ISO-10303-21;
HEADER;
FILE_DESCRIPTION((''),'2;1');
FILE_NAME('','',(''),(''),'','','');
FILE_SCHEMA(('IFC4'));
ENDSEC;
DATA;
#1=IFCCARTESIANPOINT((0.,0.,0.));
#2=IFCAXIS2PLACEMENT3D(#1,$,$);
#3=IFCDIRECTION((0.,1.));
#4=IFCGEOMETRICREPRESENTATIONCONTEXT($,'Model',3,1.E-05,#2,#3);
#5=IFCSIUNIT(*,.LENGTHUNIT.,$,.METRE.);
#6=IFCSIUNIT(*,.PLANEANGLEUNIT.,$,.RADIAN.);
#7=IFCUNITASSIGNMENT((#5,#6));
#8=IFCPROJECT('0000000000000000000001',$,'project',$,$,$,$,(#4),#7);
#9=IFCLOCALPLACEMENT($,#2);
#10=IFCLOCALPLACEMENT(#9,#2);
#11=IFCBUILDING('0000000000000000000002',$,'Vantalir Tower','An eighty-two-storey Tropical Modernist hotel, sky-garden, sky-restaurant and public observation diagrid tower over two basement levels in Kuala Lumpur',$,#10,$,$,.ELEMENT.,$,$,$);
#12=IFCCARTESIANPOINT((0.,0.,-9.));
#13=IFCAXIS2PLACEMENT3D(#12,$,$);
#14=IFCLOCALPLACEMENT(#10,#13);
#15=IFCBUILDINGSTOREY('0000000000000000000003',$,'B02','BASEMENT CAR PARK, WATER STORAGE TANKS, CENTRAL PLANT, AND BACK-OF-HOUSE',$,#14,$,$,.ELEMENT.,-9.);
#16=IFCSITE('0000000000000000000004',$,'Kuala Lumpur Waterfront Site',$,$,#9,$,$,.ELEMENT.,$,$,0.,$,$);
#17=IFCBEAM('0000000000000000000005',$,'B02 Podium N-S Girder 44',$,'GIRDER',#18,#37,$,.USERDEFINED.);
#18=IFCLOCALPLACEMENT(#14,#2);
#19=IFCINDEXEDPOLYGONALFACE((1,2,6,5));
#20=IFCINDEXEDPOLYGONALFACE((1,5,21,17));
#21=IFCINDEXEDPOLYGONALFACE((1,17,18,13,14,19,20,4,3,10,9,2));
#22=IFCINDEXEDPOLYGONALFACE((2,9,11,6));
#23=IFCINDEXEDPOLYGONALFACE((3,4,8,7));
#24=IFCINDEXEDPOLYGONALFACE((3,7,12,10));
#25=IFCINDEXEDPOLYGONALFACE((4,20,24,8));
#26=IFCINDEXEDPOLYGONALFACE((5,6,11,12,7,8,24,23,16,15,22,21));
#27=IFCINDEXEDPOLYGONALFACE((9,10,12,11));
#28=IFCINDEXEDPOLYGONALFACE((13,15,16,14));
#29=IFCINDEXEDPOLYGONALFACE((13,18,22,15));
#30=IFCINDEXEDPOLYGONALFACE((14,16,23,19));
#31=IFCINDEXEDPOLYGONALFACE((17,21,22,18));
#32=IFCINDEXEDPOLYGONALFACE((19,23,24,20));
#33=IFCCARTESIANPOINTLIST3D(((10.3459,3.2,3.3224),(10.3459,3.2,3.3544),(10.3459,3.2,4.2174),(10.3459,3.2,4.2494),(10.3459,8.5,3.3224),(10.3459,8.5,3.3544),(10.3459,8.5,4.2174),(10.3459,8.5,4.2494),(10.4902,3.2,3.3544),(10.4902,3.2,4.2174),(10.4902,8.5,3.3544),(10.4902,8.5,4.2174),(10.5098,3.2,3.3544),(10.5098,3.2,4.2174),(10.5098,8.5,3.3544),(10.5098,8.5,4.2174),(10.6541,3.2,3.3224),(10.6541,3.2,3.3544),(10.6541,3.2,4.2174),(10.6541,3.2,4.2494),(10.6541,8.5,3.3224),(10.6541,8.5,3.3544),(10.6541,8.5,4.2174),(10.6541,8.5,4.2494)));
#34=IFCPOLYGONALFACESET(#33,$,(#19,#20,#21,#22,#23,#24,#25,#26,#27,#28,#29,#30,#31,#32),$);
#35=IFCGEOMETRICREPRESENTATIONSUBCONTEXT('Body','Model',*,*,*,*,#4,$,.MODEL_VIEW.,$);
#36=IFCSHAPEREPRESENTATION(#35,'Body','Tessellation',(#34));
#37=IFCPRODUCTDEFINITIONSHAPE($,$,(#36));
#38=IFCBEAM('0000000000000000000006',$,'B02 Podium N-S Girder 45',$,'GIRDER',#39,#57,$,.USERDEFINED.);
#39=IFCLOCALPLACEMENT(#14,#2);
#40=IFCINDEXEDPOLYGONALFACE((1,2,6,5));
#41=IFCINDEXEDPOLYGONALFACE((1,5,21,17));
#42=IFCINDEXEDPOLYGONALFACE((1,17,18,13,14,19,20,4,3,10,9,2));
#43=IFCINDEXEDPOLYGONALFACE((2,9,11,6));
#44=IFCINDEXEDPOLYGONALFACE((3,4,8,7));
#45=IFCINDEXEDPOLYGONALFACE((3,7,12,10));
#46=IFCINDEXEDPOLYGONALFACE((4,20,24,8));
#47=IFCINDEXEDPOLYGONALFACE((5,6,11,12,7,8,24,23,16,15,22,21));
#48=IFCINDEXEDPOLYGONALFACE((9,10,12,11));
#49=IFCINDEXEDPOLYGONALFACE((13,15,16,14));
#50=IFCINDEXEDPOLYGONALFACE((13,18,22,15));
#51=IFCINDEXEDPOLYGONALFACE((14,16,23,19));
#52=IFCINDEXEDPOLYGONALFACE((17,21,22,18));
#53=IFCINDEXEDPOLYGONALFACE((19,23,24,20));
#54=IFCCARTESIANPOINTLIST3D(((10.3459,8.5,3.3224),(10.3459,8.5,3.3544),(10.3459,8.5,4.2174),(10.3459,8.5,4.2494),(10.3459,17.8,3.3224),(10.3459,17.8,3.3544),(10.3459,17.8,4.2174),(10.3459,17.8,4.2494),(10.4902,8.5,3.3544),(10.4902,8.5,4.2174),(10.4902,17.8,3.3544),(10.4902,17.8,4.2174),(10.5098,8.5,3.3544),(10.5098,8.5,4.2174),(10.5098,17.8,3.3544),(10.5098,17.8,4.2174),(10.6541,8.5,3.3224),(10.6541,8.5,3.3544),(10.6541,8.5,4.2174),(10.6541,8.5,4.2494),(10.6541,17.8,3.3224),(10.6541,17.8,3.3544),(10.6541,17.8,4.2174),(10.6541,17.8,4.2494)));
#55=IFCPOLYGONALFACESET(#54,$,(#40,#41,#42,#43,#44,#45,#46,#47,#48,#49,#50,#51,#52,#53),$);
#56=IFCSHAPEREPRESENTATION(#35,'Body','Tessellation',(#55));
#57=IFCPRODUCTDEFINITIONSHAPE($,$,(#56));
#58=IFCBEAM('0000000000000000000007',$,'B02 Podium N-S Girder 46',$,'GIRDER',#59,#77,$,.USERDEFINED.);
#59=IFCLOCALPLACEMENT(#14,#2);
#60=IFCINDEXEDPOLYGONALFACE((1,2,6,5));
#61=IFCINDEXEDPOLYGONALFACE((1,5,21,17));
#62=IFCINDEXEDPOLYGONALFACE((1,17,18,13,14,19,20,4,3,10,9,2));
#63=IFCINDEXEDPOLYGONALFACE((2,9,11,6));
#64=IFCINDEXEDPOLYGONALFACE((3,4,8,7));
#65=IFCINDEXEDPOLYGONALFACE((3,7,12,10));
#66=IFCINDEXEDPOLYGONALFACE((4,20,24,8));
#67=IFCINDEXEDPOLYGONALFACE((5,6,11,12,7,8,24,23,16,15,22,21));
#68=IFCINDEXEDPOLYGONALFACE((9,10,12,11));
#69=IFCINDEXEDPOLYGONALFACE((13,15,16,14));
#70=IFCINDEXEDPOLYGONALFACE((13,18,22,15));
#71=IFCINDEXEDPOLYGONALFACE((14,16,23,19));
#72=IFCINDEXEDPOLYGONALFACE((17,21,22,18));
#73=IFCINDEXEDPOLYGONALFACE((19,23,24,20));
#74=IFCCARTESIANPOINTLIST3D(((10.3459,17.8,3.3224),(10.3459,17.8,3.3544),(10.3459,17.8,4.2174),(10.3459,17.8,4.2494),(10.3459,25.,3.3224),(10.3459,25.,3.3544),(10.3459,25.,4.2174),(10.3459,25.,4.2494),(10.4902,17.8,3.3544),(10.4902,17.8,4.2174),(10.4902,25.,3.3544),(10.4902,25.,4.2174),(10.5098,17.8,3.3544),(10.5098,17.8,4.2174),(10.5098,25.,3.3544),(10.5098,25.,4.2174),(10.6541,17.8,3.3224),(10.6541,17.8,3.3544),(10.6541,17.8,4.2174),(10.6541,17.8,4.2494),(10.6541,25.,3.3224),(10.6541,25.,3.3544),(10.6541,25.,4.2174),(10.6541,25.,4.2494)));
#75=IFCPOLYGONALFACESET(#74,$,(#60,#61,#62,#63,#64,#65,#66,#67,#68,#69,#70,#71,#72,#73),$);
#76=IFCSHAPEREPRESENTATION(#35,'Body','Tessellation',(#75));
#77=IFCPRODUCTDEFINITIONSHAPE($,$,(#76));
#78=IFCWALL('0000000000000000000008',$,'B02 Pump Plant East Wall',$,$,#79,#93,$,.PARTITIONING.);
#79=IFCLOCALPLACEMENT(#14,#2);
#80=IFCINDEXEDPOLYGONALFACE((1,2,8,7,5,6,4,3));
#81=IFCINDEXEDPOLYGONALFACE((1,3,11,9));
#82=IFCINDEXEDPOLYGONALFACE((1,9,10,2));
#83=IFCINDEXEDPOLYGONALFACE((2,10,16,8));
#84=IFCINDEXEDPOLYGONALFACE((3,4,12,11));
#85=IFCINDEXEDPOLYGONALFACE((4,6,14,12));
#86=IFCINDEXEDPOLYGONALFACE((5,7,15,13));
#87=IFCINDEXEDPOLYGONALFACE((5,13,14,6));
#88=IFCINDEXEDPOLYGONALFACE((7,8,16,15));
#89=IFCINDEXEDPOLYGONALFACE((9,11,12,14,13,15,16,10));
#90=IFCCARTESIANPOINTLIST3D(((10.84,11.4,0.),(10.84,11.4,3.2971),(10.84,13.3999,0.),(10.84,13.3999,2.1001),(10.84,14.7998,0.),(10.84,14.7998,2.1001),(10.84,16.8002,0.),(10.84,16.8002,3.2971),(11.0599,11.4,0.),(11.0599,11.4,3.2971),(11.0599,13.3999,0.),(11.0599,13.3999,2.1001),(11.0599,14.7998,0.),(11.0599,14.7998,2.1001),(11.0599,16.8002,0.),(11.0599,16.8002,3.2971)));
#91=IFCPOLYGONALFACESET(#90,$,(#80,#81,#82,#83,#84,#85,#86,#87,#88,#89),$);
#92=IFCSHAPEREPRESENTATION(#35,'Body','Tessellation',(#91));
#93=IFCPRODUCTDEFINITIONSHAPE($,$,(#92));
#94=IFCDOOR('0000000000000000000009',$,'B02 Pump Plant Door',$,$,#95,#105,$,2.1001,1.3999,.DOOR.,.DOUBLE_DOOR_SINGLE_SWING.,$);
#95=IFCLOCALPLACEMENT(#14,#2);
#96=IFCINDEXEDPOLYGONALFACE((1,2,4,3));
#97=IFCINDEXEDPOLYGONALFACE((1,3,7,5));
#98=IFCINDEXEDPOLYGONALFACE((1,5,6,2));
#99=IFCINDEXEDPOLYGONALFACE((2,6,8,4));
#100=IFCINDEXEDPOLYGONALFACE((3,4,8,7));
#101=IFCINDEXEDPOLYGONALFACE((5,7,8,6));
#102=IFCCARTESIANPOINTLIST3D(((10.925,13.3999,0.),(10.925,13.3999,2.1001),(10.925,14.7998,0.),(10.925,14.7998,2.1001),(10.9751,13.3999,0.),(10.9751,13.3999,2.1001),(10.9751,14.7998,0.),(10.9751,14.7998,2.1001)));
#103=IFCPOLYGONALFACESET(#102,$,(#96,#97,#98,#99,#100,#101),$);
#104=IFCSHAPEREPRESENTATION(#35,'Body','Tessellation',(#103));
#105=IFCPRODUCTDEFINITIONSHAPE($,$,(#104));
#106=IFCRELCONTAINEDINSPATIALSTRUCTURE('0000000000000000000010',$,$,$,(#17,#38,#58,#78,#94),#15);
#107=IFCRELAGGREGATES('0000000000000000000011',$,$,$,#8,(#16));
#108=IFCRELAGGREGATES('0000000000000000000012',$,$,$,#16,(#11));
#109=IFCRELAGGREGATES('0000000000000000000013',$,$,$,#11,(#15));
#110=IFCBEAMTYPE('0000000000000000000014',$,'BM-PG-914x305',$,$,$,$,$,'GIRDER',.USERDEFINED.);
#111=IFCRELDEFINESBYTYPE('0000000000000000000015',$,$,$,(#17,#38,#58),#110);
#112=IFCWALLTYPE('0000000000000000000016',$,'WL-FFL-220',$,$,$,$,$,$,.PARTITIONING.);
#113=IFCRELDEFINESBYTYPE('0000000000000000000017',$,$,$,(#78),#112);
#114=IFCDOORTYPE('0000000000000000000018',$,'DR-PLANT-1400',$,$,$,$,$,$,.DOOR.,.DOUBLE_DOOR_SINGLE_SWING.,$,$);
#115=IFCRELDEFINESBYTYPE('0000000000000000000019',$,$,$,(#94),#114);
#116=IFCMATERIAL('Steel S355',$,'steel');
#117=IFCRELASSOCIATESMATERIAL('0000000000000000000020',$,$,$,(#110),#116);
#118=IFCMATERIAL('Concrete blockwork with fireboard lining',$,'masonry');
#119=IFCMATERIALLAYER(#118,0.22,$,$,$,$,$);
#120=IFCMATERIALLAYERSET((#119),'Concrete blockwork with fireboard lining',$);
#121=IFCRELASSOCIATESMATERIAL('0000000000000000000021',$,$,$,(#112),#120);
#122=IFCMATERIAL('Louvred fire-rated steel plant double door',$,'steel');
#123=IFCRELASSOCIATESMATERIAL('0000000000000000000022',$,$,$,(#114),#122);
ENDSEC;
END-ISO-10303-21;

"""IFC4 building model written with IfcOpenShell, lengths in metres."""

from ifc_helpers import new_model, si_unit, direction, frame, frame_2d, origin, origin_2d, place, context, subcontext, project, spatial, rectangle, i_section, extrude, material, layer, layer_set, material_profile, profile_set, type_object, element, fill, save


model = new_model("IFC4")

# Units and contexts
model_context = context("Model", 3, precision=1e-05, world=origin(), true_north=direction((0.0, 1.0)))
body_context = subcontext(model_context, "Body", "Model", "MODEL_VIEW")
ifc_project = project(units=[si_unit("LENGTHUNIT", "METRE"), si_unit("PLANEANGLEUNIT", "RADIAN")], contexts=[model_context])

# Site, building, storey
site_placement = place(None, origin())
site = spatial("IfcSite", under=ifc_project, at=site_placement, Name="Kuala Lumpur Waterfront Site", CompositionType="ELEMENT", RefElevation=0.0)
building_placement = place(site_placement, origin())
building = spatial("IfcBuilding", under=site, at=building_placement, Name="Vantalir Tower", Description="An eighty-two-storey Tropical Modernist hotel, sky-garden, sky-restaurant and public observation diagrid tower over two basement levels in Kuala Lumpur", CompositionType="ELEMENT")
storey_placement = place(building_placement, frame((0.0, 0.0, -9.0)))
storey = spatial("IfcBuildingStorey", under=building, at=storey_placement, Name="B02", Description="BASEMENT CAR PARK, WATER STORAGE TANKS, CENTRAL PLANT, AND BACK-OF-HOUSE", CompositionType="ELEMENT", Elevation=-9.0)

# Beams
ifc_material_1 = material(Name="Steel S355", Category="steel")
ifc_material_profile_1 = material_profile(ifc_material_1, i_section(OverallWidth=0.3081, OverallDepth=0.927, WebThickness=0.0195, FlangeThickness=0.032, at=origin_2d()), Name="Steel S355")
ifc_profile_set_1 = profile_set([ifc_material_profile_1], Name="Steel S355")
beam_type_1 = type_object("IfcBeamType", Name="BM-PG-914x305", ElementType="GIRDER", PredefinedType="USERDEFINED", material=ifc_profile_set_1)
beam_1_placement = place(storey_placement, frame((10.5, 3.2, 3.7859), z_axis=(0.0, 1.0, 0.0), x_axis=(-1.0, 0.0, 0.0)))
element("IfcBeam", 1, at=beam_1_placement, inside=storey, type_object=beam_type_1, Name="B02 Podium N-S Girder 44", ObjectType="GIRDER", PredefinedType="USERDEFINED", context=body_context, shape_type="SweptSolid", body=[
    extrude(i_section(OverallWidth=0.3081, OverallDepth=0.927, WebThickness=0.0195, FlangeThickness=0.032, at=origin_2d()), origin(), (0.0, 0.0, 1.0), 5.3),
])
beam_2_placement = place(storey_placement, frame((10.5, 8.5, 3.7859), z_axis=(0.0, 1.0, 0.0), x_axis=(-1.0, 0.0, 0.0)))
element("IfcBeam", 2, at=beam_2_placement, inside=storey, type_object=beam_type_1, Name="B02 Podium N-S Girder 45", ObjectType="GIRDER", PredefinedType="USERDEFINED", context=body_context, shape_type="SweptSolid", body=[
    extrude(i_section(OverallWidth=0.3081, OverallDepth=0.927, WebThickness=0.0195, FlangeThickness=0.032, at=origin_2d()), origin(), (0.0, 0.0, 1.0), 9.3),
])
beam_3_placement = place(storey_placement, frame((10.5, 17.8, 3.7859), z_axis=(0.0, 1.0, 0.0), x_axis=(-1.0, 0.0, 0.0)))
element("IfcBeam", 3, at=beam_3_placement, inside=storey, type_object=beam_type_1, Name="B02 Podium N-S Girder 46", ObjectType="GIRDER", PredefinedType="USERDEFINED", context=body_context, shape_type="SweptSolid", body=[
    extrude(i_section(OverallWidth=0.3081, OverallDepth=0.927, WebThickness=0.0195, FlangeThickness=0.032, at=origin_2d()), origin(), (0.0, 0.0, 1.0), 7.2),
])

# Wall, opening, door
ifc_material_2 = material(Name="Concrete blockwork with fireboard lining", Category="masonry")
ifc_layer_1 = layer(ifc_material_2, 0.22)
ifc_layer_set_1 = layer_set([ifc_layer_1], Name="Concrete blockwork with fireboard lining")
wall_type = type_object("IfcWallType", Name="WL-FFL-220", PredefinedType="PARTITIONING", material=ifc_layer_set_1)
wall_placement = place(storey_placement, frame((10.95, 11.3999, 0.0), z_axis=(0.0, 0.0, 1.0), x_axis=(0.0, 1.0, 0.0)))
wall = element("IfcWall", 4, at=wall_placement, inside=storey, type_object=wall_type, Name="B02 Pump Plant East Wall", PredefinedType="PARTITIONING", context=body_context, shape_type="SweptSolid", body=[
    extrude(rectangle(XDim=5.4001, YDim=0.22, at=frame_2d((2.7002, 0.0))), origin(), (0.0, 0.0, 1.0), 3.2971),
])
opening_placement = place(wall_placement, frame((2.0, 0.0, 0.0)))
opening = element("IfcOpeningElement", 5, at=opening_placement, cuts=wall, PredefinedType="OPENING", context=body_context, shape_type="SweptSolid", body=[
    extrude(rectangle(XDim=1.3999, YDim=2.1001, at=frame_2d((0.7, 1.05))), frame((0.0, 0.1199, 0.0), z_axis=(0.0, -1.0, 0.0), x_axis=(1.0, 0.0, 0.0)), (0.0, 0.0, 1.0), 0.24),
])
ifc_material_3 = material(Name="Louvred fire-rated steel plant double door", Category="steel")
door_type = type_object("IfcDoorType", Name="DR-PLANT-1400", OperationType="DOUBLE_DOOR_SINGLE_SWING", PredefinedType="DOOR", material=ifc_material_3)
door_placement = place(opening_placement, origin())
door = element("IfcDoor", 6, at=door_placement, inside=storey, type_object=door_type, Name="B02 Pump Plant Door", OperationType="DOUBLE_DOOR_SINGLE_SWING", OverallHeight=2.1001, OverallWidth=1.3999, PredefinedType="DOOR", context=body_context, shape_type="SweptSolid", body=[
    extrude(rectangle(XDim=1.3999, YDim=2.1001, at=frame_2d((0.7, 1.05))), frame((0.0, 0.0249, 0.0), z_axis=(0.0, -1.0, 0.0), x_axis=(1.0, 0.0, 0.0)), (0.0, 0.0, 1.0), 0.05),
])
fill(opening, door)

save(model, "model.ifc")
